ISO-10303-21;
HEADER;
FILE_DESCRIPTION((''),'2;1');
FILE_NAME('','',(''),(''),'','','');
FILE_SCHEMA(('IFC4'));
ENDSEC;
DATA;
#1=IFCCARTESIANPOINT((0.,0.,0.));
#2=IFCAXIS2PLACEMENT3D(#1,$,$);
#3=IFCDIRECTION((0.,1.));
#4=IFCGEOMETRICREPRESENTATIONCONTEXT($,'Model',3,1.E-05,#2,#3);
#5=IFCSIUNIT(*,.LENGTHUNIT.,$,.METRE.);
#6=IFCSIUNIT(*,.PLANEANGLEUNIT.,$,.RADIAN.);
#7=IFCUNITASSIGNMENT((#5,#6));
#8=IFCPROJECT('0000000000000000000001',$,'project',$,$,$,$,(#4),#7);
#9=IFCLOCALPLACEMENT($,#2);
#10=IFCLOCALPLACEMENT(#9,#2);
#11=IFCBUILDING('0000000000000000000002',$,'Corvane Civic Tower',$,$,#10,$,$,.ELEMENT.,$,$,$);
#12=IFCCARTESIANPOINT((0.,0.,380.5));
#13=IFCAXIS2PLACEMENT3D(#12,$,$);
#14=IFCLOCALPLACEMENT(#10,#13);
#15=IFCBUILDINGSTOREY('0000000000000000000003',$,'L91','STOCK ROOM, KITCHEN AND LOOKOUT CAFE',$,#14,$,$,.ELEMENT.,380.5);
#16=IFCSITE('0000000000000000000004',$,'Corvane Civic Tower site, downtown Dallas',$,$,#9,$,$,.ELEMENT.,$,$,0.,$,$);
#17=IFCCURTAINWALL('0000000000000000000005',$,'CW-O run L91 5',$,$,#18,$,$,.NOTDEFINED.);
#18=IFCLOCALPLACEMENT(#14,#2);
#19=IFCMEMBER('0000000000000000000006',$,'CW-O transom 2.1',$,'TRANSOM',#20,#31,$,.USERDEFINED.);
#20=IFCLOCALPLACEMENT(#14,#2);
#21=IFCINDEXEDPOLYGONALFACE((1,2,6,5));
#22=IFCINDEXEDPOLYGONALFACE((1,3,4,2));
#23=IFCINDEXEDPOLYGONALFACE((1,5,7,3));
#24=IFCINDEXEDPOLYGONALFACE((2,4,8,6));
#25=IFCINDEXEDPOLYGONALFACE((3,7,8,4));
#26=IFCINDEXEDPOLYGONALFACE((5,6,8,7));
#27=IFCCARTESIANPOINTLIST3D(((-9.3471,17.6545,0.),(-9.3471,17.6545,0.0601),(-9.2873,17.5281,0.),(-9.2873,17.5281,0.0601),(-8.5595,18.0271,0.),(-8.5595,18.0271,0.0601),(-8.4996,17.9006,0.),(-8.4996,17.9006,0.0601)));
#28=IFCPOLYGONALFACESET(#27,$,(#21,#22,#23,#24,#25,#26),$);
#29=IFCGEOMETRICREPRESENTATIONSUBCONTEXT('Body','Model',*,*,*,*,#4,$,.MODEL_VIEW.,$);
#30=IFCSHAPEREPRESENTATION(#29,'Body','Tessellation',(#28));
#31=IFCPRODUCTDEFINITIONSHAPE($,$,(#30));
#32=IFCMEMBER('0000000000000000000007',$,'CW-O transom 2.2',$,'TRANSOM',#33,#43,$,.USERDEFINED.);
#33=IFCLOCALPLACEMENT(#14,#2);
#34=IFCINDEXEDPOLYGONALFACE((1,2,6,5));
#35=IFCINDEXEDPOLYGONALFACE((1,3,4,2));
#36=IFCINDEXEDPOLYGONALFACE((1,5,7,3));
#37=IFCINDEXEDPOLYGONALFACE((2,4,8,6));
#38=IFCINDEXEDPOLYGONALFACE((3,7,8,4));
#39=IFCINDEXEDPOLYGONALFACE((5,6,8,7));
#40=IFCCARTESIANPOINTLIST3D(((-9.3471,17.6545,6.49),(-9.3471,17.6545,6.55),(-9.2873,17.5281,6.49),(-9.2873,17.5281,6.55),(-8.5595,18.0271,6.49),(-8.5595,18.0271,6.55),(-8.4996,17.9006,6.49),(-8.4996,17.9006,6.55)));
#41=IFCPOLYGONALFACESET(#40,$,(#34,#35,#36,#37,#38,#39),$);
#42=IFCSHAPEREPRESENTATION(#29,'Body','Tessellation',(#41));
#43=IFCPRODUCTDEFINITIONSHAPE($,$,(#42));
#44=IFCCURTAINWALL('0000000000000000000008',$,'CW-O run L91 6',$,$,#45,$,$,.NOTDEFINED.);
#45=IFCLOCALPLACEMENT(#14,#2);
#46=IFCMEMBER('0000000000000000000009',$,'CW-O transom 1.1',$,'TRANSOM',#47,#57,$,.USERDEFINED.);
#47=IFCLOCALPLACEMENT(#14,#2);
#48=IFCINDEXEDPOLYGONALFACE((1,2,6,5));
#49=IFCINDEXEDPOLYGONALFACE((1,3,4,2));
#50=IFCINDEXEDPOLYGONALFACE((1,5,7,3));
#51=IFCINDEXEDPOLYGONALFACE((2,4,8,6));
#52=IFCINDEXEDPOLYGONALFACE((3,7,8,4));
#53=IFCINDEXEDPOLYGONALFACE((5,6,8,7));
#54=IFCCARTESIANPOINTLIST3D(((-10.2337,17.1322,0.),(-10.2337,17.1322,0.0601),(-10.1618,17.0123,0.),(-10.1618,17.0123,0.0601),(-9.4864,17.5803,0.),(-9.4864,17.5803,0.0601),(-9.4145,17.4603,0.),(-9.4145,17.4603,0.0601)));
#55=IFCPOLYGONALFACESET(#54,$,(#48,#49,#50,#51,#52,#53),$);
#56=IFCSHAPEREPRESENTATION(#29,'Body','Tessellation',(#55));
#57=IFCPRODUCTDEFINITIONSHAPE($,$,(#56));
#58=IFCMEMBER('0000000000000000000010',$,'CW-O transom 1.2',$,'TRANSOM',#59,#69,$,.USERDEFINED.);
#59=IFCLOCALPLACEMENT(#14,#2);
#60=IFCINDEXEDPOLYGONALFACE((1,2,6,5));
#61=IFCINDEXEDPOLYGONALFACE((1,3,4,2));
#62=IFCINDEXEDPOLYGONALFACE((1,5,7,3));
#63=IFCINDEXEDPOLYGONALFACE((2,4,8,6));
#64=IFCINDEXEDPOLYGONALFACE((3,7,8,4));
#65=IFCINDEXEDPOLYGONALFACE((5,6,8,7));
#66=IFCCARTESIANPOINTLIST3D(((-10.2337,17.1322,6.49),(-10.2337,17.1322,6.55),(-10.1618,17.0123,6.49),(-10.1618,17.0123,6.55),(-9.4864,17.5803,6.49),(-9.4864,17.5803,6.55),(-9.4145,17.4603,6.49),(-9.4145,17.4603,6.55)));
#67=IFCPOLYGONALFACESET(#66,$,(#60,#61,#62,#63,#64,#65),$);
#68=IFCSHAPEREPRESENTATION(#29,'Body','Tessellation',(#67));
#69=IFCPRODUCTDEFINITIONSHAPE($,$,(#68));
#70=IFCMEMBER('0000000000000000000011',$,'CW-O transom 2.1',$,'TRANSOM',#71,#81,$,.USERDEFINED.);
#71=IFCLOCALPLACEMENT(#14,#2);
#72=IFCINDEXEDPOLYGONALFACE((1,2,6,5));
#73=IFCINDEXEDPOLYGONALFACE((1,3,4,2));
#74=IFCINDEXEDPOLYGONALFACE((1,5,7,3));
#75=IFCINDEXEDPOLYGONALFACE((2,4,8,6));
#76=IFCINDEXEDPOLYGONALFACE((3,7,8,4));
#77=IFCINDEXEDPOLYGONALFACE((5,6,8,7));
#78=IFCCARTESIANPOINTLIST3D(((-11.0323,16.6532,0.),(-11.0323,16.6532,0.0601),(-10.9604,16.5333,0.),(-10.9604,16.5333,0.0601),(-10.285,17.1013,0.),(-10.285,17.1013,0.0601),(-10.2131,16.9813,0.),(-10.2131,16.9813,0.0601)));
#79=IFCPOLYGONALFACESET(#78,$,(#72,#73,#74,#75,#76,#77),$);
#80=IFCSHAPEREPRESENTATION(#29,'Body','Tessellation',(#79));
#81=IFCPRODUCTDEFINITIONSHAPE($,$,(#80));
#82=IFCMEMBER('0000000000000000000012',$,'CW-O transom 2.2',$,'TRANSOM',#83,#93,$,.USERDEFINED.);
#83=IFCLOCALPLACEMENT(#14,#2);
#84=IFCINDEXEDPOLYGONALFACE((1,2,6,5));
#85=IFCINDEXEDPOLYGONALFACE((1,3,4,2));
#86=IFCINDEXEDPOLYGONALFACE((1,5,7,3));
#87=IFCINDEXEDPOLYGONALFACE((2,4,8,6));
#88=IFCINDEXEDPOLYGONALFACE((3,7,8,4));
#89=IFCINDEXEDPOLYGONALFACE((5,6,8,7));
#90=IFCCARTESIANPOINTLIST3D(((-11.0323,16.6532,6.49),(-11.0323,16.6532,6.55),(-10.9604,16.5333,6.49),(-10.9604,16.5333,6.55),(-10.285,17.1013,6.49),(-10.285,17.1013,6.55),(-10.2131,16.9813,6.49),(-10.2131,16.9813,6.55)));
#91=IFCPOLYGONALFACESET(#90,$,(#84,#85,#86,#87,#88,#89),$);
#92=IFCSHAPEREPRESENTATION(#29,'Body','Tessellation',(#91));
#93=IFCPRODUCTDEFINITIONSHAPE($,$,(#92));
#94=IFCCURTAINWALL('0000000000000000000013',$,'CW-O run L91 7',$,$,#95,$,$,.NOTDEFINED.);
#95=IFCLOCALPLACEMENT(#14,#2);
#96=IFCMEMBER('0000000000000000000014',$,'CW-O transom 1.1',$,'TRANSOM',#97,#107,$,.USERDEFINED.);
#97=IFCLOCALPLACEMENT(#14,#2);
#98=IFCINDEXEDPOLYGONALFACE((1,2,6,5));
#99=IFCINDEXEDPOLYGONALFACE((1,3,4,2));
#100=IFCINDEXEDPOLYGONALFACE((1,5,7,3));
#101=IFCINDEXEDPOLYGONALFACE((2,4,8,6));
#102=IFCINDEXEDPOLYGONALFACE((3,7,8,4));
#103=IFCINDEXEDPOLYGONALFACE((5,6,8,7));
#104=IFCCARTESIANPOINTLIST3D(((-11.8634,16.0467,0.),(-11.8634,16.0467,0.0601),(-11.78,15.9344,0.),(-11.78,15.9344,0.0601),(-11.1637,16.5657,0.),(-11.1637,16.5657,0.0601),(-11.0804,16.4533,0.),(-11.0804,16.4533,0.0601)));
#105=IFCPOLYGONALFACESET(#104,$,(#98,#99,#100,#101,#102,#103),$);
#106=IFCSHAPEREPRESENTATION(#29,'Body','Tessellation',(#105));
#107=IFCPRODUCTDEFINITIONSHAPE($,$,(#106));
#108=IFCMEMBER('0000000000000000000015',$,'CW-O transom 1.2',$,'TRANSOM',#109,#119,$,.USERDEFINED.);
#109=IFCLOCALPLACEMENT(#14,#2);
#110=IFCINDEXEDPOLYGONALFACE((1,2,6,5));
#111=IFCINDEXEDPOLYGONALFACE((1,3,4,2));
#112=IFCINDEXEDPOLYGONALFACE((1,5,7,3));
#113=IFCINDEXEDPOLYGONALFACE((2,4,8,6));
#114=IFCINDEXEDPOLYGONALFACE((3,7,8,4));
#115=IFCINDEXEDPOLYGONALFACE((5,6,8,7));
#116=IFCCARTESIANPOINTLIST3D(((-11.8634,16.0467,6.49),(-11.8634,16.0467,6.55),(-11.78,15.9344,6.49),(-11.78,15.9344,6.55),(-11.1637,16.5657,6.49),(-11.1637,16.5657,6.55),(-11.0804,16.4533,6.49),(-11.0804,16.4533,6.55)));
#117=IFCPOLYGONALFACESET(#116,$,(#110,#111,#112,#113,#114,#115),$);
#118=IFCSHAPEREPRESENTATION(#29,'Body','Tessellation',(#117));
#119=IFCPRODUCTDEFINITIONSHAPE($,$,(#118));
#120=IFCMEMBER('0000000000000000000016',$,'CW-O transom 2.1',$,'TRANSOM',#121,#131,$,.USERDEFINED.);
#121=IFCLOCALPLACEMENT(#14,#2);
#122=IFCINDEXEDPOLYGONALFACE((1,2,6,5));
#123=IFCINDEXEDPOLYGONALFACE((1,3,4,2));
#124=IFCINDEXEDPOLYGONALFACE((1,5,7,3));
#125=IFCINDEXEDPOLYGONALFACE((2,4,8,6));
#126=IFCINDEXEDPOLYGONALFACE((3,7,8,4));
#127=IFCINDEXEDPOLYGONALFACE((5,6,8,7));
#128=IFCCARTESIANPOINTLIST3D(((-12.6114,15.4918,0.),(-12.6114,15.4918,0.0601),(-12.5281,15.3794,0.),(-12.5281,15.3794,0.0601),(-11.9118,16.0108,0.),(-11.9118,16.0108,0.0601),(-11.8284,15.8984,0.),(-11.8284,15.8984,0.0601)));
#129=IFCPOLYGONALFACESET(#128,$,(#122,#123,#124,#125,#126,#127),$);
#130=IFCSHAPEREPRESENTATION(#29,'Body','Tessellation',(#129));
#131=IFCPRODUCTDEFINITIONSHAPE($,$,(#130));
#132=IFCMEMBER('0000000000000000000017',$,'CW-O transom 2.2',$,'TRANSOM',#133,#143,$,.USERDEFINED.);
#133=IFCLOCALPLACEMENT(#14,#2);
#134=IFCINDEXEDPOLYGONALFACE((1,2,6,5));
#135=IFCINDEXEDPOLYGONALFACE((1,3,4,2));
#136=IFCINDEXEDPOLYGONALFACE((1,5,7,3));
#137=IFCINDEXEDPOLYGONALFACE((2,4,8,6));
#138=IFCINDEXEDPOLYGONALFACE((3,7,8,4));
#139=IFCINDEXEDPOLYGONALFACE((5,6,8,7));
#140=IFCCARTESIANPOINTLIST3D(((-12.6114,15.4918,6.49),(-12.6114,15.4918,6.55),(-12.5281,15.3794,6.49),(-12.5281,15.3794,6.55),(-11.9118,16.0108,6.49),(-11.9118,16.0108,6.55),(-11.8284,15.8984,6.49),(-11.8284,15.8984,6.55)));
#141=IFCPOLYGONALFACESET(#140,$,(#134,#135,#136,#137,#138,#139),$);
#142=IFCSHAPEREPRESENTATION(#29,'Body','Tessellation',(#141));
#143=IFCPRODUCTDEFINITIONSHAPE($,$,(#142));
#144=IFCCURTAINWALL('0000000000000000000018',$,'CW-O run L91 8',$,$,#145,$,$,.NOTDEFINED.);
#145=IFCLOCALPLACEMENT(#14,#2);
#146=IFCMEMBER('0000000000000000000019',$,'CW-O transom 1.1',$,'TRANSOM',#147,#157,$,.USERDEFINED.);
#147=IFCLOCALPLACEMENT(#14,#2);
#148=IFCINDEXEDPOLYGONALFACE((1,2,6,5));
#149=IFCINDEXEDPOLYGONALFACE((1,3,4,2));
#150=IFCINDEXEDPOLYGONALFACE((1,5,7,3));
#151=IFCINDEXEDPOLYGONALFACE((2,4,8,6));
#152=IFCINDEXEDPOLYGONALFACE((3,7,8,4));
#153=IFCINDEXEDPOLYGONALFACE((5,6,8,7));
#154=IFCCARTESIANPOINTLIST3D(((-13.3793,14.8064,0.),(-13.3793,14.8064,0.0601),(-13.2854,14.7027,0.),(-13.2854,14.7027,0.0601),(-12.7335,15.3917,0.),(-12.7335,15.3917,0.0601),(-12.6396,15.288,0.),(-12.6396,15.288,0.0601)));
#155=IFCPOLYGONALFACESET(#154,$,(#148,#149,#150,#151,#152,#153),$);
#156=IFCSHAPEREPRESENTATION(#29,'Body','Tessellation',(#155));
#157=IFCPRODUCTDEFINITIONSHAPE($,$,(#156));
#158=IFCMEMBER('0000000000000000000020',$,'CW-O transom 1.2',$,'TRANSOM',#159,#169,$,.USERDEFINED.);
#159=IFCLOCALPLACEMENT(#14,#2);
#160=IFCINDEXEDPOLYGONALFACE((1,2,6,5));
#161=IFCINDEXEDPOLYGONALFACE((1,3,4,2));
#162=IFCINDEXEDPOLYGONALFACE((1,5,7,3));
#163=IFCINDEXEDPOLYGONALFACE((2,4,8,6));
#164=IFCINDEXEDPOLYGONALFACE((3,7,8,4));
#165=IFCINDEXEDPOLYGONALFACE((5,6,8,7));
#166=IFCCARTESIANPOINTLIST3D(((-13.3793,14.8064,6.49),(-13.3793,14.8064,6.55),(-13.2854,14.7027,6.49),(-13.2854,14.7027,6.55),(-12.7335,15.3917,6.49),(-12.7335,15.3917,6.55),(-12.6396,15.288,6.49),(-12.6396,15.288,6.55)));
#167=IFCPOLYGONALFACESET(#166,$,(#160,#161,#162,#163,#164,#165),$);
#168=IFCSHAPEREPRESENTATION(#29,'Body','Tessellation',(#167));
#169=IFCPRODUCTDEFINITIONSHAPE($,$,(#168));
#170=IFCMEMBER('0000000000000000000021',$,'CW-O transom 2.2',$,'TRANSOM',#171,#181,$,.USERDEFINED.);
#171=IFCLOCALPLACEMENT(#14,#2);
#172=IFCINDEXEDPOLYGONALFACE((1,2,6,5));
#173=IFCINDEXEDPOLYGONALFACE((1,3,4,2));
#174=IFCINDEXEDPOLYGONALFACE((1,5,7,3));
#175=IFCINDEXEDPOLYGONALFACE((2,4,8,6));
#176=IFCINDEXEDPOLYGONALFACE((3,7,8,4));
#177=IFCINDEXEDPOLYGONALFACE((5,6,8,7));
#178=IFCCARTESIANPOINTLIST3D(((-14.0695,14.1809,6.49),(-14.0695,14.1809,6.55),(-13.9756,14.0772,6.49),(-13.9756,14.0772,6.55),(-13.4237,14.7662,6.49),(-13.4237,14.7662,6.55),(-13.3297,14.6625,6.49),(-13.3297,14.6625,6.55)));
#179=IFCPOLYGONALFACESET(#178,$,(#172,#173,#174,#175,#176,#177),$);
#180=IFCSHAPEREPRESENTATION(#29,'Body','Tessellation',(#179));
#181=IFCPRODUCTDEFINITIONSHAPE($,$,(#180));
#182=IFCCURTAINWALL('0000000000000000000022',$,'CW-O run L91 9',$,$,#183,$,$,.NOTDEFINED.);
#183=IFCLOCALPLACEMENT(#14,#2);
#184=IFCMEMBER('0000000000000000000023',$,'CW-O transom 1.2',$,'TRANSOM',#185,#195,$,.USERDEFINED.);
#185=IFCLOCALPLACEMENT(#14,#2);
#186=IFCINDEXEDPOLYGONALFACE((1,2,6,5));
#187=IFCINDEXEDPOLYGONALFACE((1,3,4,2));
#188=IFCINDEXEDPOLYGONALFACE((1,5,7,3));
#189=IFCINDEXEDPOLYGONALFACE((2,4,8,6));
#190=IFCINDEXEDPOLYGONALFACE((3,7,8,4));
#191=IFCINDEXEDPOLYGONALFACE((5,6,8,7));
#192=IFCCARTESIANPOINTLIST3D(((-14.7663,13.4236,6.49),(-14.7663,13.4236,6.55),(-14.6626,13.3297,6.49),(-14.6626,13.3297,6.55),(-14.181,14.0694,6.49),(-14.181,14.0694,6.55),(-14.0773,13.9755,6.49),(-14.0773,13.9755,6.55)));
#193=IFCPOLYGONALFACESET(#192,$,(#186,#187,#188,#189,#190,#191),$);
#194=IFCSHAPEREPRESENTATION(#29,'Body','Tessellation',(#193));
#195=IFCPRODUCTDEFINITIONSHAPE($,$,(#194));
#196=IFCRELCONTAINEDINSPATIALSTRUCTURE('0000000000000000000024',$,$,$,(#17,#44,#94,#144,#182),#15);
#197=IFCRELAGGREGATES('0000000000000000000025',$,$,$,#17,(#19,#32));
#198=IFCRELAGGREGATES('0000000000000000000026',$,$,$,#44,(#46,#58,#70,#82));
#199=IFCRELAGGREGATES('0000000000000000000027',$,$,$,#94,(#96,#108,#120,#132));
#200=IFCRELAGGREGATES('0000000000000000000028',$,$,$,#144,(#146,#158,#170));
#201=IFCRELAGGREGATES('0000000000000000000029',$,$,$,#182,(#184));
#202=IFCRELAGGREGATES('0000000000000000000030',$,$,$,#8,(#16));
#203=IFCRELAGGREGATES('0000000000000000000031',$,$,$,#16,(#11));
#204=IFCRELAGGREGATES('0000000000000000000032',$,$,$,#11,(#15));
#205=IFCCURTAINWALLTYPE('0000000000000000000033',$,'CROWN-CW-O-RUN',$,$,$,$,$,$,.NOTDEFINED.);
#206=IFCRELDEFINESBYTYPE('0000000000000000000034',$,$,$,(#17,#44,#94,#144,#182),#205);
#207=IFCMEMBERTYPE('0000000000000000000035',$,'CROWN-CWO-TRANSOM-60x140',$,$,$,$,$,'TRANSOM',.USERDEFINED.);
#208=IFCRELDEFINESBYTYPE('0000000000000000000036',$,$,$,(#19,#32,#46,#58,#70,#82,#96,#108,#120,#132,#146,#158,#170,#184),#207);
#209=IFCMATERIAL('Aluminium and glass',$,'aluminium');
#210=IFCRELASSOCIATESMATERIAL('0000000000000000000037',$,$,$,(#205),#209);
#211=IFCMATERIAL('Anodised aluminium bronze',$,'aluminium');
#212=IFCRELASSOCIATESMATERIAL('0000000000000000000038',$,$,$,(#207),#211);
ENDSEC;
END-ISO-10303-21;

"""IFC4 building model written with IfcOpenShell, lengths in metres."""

from ifc_helpers import new_model, si_unit, direction, frame, origin, origin_2d, place, context, subcontext, project, spatial, rectangle, extrude, material, material_profile, profile_set, type_object, element, aggregate, save


model = new_model("IFC4")

# Units and contexts
model_context = context("Model", 3, precision=1e-05, world=origin(), true_north=direction((0.0, 1.0)))
body_context = subcontext(model_context, "Body", "Model", "MODEL_VIEW")
ifc_project = project(units=[si_unit("LENGTHUNIT", "METRE"), si_unit("PLANEANGLEUNIT", "RADIAN")], contexts=[model_context])

# Site, building, storey
site_placement = place(None, origin())
site = spatial("IfcSite", under=ifc_project, at=site_placement, Name="Corvane Civic Tower site, downtown Dallas", CompositionType="ELEMENT", RefElevation=0.0)
building_placement = place(site_placement, origin())
building = spatial("IfcBuilding", under=site, at=building_placement, Name="Corvane Civic Tower", CompositionType="ELEMENT")
storey_placement = place(building_placement, frame((0.0, 0.0, 380.5)))
storey = spatial("IfcBuildingStorey", under=building, at=storey_placement, Name="L91", Description="STOCK ROOM, KITCHEN AND LOOKOUT CAFE", CompositionType="ELEMENT", Elevation=380.5)

# Curtain walls, members
ifc_material_1 = material(Name="Aluminium and glass", Category="aluminium")
curtain_wall_type = type_object("IfcCurtainWallType", Name="CROWN-CW-O-RUN", PredefinedType="NOTDEFINED", material=ifc_material_1)
curtain_wall_1_placement = place(storey_placement, origin())
curtain_wall_1 = element("IfcCurtainWall", 1, at=curtain_wall_1_placement, inside=storey, type_object=curtain_wall_type, Name="CW-O run L91 5", PredefinedType="NOTDEFINED")
ifc_material_2 = material(Name="Anodised aluminium bronze", Category="aluminium")
ifc_material_profile = material_profile(ifc_material_2, rectangle(XDim=0.1399, YDim=0.0601, at=origin_2d()), Name="AL 140x60")
ifc_profile_set = profile_set([ifc_material_profile], Name="Anodised aluminium bronze")
member_type = type_object("IfcMemberType", Name="CROWN-CWO-TRANSOM-60x140", ElementType="TRANSOM", PredefinedType="USERDEFINED", material=ifc_profile_set)
member_1_placement = place(storey_placement, frame((-8.5295, 17.9639, 0.03), z_axis=(-0.903966, -0.427604, 0.0), x_axis=(0.427604, -0.903966, 0.0)))
member_1 = element("IfcMember", 2, at=member_1_placement, type_object=member_type, Name="CW-O transom 2.1", ObjectType="TRANSOM", PredefinedType="USERDEFINED", context=body_context, shape_type="SweptSolid", body=[
    extrude(rectangle(XDim=0.1399, YDim=0.0601, at=origin_2d()), origin(), (0.0, 0.0, 1.0), 0.8713),
])
member_2_placement = place(storey_placement, frame((-8.5295, 17.9639, 6.52), z_axis=(-0.903966, -0.427604, 0.0), x_axis=(0.427604, -0.903966, 0.0)))
member_2 = element("IfcMember", 3, at=member_2_placement, type_object=member_type, Name="CW-O transom 2.2", ObjectType="TRANSOM", PredefinedType="USERDEFINED", context=body_context, shape_type="SweptSolid", body=[
    extrude(rectangle(XDim=0.1399, YDim=0.0601, at=origin_2d()), origin(), (0.0, 0.0, 1.0), 0.8713),
])
curtain_wall_2_placement = place(storey_placement, origin())
curtain_wall_2 = element("IfcCurtainWall", 4, at=curtain_wall_2_placement, inside=storey, type_object=curtain_wall_type, Name="CW-O run L91 6", PredefinedType="NOTDEFINED")
member_3_placement = place(storey_placement, frame((-9.4504, 17.5203, 0.03), z_axis=(-0.857691, -0.514166, 0.0), x_axis=(0.514166, -0.857691, 0.0)))
member_3 = element("IfcMember", 5, at=member_3_placement, type_object=member_type, Name="CW-O transom 1.1", ObjectType="TRANSOM", PredefinedType="USERDEFINED", context=body_context, shape_type="SweptSolid", body=[
    extrude(rectangle(XDim=0.1399, YDim=0.0601, at=origin_2d()), origin(), (0.0, 0.0, 1.0), 0.8713),
])
member_4_placement = place(storey_placement, frame((-9.4504, 17.5203, 6.52), z_axis=(-0.857691, -0.514166, 0.0), x_axis=(0.514166, -0.857691, 0.0)))
member_4 = element("IfcMember", 6, at=member_4_placement, type_object=member_type, Name="CW-O transom 1.2", ObjectType="TRANSOM", PredefinedType="USERDEFINED", context=body_context, shape_type="SweptSolid", body=[
    extrude(rectangle(XDim=0.1399, YDim=0.0601, at=origin_2d()), origin(), (0.0, 0.0, 1.0), 0.8713),
])
member_5_placement = place(storey_placement, frame((-10.249, 17.0413, 0.03), z_axis=(-0.857691, -0.514166, 0.0), x_axis=(0.514166, -0.857691, 0.0)))
member_5 = element("IfcMember", 7, at=member_5_placement, type_object=member_type, Name="CW-O transom 2.1", ObjectType="TRANSOM", PredefinedType="USERDEFINED", context=body_context, shape_type="SweptSolid", body=[
    extrude(rectangle(XDim=0.1399, YDim=0.0601, at=origin_2d()), origin(), (0.0, 0.0, 1.0), 0.8713),
])
member_6_placement = place(storey_placement, frame((-10.249, 17.0413, 6.52), z_axis=(-0.857691, -0.514166, 0.0), x_axis=(0.514166, -0.857691, 0.0)))
member_6 = element("IfcMember", 8, at=member_6_placement, type_object=member_type, Name="CW-O transom 2.2", ObjectType="TRANSOM", PredefinedType="USERDEFINED", context=body_context, shape_type="SweptSolid", body=[
    extrude(rectangle(XDim=0.1399, YDim=0.0601, at=origin_2d()), origin(), (0.0, 0.0, 1.0), 0.8713),
])
curtain_wall_3_placement = place(storey_placement, origin())
curtain_wall_3 = element("IfcCurtainWall", 9, at=curtain_wall_3_placement, inside=storey, type_object=curtain_wall_type, Name="CW-O run L91 7", PredefinedType="NOTDEFINED")
member_7_placement = place(storey_placement, frame((-11.1221, 16.5095, 0.03), z_axis=(-0.80315, -0.595777, 0.0), x_axis=(0.595777, -0.80315, 0.0)))
member_7 = element("IfcMember", 10, at=member_7_placement, type_object=member_type, Name="CW-O transom 1.1", ObjectType="TRANSOM", PredefinedType="USERDEFINED", context=body_context, shape_type="SweptSolid", body=[
    extrude(rectangle(XDim=0.1399, YDim=0.0601, at=origin_2d()), origin(), (0.0, 0.0, 1.0), 0.8711),
])
member_8_placement = place(storey_placement, frame((-11.1221, 16.5095, 6.52), z_axis=(-0.80315, -0.595777, 0.0), x_axis=(0.595777, -0.80315, 0.0)))
member_8 = element("IfcMember", 11, at=member_8_placement, type_object=member_type, Name="CW-O transom 1.2", ObjectType="TRANSOM", PredefinedType="USERDEFINED", context=body_context, shape_type="SweptSolid", body=[
    extrude(rectangle(XDim=0.1399, YDim=0.0601, at=origin_2d()), origin(), (0.0, 0.0, 1.0), 0.8711),
])
member_9_placement = place(storey_placement, frame((-11.8701, 15.9546, 0.03), z_axis=(-0.80315, -0.595777, 0.0), x_axis=(0.595777, -0.80315, 0.0)))
member_9 = element("IfcMember", 12, at=member_9_placement, type_object=member_type, Name="CW-O transom 2.1", ObjectType="TRANSOM", PredefinedType="USERDEFINED", context=body_context, shape_type="SweptSolid", body=[
    extrude(rectangle(XDim=0.1399, YDim=0.0601, at=origin_2d()), origin(), (0.0, 0.0, 1.0), 0.8711),
])
member_10_placement = place(storey_placement, frame((-11.8701, 15.9546, 6.52), z_axis=(-0.80315, -0.595777, 0.0), x_axis=(0.595777, -0.80315, 0.0)))
member_10 = element("IfcMember", 13, at=member_10_placement, type_object=member_type, Name="CW-O transom 2.2", ObjectType="TRANSOM", PredefinedType="USERDEFINED", context=body_context, shape_type="SweptSolid", body=[
    extrude(rectangle(XDim=0.1399, YDim=0.0601, at=origin_2d()), origin(), (0.0, 0.0, 1.0), 0.8711),
])
curtain_wall_4_placement = place(storey_placement, origin())
curtain_wall_4 = element("IfcCurtainWall", 14, at=curtain_wall_4_placement, inside=storey, type_object=curtain_wall_type, Name="CW-O run L91 8", PredefinedType="NOTDEFINED")
member_11_placement = place(storey_placement, frame((-12.6865, 15.3398, 0.03), z_axis=(-0.740991, -0.671515, 0.0), x_axis=(0.671515, -0.740991, 0.0)))
member_11 = element("IfcMember", 15, at=member_11_placement, type_object=member_type, Name="CW-O transom 1.1", ObjectType="TRANSOM", PredefinedType="USERDEFINED", context=body_context, shape_type="SweptSolid", body=[
    extrude(rectangle(XDim=0.1399, YDim=0.0601, at=origin_2d()), origin(), (0.0, 0.0, 1.0), 0.8716),
])
member_12_placement = place(storey_placement, frame((-12.6865, 15.3398, 6.52), z_axis=(-0.740991, -0.671515, 0.0), x_axis=(0.671515, -0.740991, 0.0)))
member_12 = element("IfcMember", 16, at=member_12_placement, type_object=member_type, Name="CW-O transom 1.2", ObjectType="TRANSOM", PredefinedType="USERDEFINED", context=body_context, shape_type="SweptSolid", body=[
    extrude(rectangle(XDim=0.1399, YDim=0.0601, at=origin_2d()), origin(), (0.0, 0.0, 1.0), 0.8716),
])
member_13_placement = place(storey_placement, frame((-13.3767, 14.7144, 6.52), z_axis=(-0.740991, -0.671515, 0.0), x_axis=(0.671515, -0.740991, 0.0)))
member_13 = element("IfcMember", 17, at=member_13_placement, type_object=member_type, Name="CW-O transom 2.2", ObjectType="TRANSOM", PredefinedType="USERDEFINED", context=body_context, shape_type="SweptSolid", body=[
    extrude(rectangle(XDim=0.1399, YDim=0.0601, at=origin_2d()), origin(), (0.0, 0.0, 1.0), 0.8716),
])
curtain_wall_5_placement = place(storey_placement, origin())
curtain_wall_5 = element("IfcCurtainWall", 18, at=curtain_wall_5_placement, inside=storey, type_object=curtain_wall_type, Name="CW-O run L91 9", PredefinedType="NOTDEFINED")
member_14_placement = place(storey_placement, frame((-14.1292, 14.0225, 6.52), z_axis=(-0.671515, -0.740991, 0.0), x_axis=(0.740991, -0.671515, 0.0)))
member_14 = element("IfcMember", 19, at=member_14_placement, type_object=member_type, Name="CW-O transom 1.2", ObjectType="TRANSOM", PredefinedType="USERDEFINED", context=body_context, shape_type="SweptSolid", body=[
    extrude(rectangle(XDim=0.1399, YDim=0.0601, at=origin_2d()), origin(), (0.0, 0.0, 1.0), 0.8716),
])

aggregate(curtain_wall_1, [member_1, member_2])
aggregate(curtain_wall_2, [member_3, member_4, member_5, member_6])
aggregate(curtain_wall_3, [member_7, member_8, member_9, member_10])
aggregate(curtain_wall_4, [member_11, member_12, member_13])
aggregate(curtain_wall_5, [member_14])

save(model, "model.ifc")
